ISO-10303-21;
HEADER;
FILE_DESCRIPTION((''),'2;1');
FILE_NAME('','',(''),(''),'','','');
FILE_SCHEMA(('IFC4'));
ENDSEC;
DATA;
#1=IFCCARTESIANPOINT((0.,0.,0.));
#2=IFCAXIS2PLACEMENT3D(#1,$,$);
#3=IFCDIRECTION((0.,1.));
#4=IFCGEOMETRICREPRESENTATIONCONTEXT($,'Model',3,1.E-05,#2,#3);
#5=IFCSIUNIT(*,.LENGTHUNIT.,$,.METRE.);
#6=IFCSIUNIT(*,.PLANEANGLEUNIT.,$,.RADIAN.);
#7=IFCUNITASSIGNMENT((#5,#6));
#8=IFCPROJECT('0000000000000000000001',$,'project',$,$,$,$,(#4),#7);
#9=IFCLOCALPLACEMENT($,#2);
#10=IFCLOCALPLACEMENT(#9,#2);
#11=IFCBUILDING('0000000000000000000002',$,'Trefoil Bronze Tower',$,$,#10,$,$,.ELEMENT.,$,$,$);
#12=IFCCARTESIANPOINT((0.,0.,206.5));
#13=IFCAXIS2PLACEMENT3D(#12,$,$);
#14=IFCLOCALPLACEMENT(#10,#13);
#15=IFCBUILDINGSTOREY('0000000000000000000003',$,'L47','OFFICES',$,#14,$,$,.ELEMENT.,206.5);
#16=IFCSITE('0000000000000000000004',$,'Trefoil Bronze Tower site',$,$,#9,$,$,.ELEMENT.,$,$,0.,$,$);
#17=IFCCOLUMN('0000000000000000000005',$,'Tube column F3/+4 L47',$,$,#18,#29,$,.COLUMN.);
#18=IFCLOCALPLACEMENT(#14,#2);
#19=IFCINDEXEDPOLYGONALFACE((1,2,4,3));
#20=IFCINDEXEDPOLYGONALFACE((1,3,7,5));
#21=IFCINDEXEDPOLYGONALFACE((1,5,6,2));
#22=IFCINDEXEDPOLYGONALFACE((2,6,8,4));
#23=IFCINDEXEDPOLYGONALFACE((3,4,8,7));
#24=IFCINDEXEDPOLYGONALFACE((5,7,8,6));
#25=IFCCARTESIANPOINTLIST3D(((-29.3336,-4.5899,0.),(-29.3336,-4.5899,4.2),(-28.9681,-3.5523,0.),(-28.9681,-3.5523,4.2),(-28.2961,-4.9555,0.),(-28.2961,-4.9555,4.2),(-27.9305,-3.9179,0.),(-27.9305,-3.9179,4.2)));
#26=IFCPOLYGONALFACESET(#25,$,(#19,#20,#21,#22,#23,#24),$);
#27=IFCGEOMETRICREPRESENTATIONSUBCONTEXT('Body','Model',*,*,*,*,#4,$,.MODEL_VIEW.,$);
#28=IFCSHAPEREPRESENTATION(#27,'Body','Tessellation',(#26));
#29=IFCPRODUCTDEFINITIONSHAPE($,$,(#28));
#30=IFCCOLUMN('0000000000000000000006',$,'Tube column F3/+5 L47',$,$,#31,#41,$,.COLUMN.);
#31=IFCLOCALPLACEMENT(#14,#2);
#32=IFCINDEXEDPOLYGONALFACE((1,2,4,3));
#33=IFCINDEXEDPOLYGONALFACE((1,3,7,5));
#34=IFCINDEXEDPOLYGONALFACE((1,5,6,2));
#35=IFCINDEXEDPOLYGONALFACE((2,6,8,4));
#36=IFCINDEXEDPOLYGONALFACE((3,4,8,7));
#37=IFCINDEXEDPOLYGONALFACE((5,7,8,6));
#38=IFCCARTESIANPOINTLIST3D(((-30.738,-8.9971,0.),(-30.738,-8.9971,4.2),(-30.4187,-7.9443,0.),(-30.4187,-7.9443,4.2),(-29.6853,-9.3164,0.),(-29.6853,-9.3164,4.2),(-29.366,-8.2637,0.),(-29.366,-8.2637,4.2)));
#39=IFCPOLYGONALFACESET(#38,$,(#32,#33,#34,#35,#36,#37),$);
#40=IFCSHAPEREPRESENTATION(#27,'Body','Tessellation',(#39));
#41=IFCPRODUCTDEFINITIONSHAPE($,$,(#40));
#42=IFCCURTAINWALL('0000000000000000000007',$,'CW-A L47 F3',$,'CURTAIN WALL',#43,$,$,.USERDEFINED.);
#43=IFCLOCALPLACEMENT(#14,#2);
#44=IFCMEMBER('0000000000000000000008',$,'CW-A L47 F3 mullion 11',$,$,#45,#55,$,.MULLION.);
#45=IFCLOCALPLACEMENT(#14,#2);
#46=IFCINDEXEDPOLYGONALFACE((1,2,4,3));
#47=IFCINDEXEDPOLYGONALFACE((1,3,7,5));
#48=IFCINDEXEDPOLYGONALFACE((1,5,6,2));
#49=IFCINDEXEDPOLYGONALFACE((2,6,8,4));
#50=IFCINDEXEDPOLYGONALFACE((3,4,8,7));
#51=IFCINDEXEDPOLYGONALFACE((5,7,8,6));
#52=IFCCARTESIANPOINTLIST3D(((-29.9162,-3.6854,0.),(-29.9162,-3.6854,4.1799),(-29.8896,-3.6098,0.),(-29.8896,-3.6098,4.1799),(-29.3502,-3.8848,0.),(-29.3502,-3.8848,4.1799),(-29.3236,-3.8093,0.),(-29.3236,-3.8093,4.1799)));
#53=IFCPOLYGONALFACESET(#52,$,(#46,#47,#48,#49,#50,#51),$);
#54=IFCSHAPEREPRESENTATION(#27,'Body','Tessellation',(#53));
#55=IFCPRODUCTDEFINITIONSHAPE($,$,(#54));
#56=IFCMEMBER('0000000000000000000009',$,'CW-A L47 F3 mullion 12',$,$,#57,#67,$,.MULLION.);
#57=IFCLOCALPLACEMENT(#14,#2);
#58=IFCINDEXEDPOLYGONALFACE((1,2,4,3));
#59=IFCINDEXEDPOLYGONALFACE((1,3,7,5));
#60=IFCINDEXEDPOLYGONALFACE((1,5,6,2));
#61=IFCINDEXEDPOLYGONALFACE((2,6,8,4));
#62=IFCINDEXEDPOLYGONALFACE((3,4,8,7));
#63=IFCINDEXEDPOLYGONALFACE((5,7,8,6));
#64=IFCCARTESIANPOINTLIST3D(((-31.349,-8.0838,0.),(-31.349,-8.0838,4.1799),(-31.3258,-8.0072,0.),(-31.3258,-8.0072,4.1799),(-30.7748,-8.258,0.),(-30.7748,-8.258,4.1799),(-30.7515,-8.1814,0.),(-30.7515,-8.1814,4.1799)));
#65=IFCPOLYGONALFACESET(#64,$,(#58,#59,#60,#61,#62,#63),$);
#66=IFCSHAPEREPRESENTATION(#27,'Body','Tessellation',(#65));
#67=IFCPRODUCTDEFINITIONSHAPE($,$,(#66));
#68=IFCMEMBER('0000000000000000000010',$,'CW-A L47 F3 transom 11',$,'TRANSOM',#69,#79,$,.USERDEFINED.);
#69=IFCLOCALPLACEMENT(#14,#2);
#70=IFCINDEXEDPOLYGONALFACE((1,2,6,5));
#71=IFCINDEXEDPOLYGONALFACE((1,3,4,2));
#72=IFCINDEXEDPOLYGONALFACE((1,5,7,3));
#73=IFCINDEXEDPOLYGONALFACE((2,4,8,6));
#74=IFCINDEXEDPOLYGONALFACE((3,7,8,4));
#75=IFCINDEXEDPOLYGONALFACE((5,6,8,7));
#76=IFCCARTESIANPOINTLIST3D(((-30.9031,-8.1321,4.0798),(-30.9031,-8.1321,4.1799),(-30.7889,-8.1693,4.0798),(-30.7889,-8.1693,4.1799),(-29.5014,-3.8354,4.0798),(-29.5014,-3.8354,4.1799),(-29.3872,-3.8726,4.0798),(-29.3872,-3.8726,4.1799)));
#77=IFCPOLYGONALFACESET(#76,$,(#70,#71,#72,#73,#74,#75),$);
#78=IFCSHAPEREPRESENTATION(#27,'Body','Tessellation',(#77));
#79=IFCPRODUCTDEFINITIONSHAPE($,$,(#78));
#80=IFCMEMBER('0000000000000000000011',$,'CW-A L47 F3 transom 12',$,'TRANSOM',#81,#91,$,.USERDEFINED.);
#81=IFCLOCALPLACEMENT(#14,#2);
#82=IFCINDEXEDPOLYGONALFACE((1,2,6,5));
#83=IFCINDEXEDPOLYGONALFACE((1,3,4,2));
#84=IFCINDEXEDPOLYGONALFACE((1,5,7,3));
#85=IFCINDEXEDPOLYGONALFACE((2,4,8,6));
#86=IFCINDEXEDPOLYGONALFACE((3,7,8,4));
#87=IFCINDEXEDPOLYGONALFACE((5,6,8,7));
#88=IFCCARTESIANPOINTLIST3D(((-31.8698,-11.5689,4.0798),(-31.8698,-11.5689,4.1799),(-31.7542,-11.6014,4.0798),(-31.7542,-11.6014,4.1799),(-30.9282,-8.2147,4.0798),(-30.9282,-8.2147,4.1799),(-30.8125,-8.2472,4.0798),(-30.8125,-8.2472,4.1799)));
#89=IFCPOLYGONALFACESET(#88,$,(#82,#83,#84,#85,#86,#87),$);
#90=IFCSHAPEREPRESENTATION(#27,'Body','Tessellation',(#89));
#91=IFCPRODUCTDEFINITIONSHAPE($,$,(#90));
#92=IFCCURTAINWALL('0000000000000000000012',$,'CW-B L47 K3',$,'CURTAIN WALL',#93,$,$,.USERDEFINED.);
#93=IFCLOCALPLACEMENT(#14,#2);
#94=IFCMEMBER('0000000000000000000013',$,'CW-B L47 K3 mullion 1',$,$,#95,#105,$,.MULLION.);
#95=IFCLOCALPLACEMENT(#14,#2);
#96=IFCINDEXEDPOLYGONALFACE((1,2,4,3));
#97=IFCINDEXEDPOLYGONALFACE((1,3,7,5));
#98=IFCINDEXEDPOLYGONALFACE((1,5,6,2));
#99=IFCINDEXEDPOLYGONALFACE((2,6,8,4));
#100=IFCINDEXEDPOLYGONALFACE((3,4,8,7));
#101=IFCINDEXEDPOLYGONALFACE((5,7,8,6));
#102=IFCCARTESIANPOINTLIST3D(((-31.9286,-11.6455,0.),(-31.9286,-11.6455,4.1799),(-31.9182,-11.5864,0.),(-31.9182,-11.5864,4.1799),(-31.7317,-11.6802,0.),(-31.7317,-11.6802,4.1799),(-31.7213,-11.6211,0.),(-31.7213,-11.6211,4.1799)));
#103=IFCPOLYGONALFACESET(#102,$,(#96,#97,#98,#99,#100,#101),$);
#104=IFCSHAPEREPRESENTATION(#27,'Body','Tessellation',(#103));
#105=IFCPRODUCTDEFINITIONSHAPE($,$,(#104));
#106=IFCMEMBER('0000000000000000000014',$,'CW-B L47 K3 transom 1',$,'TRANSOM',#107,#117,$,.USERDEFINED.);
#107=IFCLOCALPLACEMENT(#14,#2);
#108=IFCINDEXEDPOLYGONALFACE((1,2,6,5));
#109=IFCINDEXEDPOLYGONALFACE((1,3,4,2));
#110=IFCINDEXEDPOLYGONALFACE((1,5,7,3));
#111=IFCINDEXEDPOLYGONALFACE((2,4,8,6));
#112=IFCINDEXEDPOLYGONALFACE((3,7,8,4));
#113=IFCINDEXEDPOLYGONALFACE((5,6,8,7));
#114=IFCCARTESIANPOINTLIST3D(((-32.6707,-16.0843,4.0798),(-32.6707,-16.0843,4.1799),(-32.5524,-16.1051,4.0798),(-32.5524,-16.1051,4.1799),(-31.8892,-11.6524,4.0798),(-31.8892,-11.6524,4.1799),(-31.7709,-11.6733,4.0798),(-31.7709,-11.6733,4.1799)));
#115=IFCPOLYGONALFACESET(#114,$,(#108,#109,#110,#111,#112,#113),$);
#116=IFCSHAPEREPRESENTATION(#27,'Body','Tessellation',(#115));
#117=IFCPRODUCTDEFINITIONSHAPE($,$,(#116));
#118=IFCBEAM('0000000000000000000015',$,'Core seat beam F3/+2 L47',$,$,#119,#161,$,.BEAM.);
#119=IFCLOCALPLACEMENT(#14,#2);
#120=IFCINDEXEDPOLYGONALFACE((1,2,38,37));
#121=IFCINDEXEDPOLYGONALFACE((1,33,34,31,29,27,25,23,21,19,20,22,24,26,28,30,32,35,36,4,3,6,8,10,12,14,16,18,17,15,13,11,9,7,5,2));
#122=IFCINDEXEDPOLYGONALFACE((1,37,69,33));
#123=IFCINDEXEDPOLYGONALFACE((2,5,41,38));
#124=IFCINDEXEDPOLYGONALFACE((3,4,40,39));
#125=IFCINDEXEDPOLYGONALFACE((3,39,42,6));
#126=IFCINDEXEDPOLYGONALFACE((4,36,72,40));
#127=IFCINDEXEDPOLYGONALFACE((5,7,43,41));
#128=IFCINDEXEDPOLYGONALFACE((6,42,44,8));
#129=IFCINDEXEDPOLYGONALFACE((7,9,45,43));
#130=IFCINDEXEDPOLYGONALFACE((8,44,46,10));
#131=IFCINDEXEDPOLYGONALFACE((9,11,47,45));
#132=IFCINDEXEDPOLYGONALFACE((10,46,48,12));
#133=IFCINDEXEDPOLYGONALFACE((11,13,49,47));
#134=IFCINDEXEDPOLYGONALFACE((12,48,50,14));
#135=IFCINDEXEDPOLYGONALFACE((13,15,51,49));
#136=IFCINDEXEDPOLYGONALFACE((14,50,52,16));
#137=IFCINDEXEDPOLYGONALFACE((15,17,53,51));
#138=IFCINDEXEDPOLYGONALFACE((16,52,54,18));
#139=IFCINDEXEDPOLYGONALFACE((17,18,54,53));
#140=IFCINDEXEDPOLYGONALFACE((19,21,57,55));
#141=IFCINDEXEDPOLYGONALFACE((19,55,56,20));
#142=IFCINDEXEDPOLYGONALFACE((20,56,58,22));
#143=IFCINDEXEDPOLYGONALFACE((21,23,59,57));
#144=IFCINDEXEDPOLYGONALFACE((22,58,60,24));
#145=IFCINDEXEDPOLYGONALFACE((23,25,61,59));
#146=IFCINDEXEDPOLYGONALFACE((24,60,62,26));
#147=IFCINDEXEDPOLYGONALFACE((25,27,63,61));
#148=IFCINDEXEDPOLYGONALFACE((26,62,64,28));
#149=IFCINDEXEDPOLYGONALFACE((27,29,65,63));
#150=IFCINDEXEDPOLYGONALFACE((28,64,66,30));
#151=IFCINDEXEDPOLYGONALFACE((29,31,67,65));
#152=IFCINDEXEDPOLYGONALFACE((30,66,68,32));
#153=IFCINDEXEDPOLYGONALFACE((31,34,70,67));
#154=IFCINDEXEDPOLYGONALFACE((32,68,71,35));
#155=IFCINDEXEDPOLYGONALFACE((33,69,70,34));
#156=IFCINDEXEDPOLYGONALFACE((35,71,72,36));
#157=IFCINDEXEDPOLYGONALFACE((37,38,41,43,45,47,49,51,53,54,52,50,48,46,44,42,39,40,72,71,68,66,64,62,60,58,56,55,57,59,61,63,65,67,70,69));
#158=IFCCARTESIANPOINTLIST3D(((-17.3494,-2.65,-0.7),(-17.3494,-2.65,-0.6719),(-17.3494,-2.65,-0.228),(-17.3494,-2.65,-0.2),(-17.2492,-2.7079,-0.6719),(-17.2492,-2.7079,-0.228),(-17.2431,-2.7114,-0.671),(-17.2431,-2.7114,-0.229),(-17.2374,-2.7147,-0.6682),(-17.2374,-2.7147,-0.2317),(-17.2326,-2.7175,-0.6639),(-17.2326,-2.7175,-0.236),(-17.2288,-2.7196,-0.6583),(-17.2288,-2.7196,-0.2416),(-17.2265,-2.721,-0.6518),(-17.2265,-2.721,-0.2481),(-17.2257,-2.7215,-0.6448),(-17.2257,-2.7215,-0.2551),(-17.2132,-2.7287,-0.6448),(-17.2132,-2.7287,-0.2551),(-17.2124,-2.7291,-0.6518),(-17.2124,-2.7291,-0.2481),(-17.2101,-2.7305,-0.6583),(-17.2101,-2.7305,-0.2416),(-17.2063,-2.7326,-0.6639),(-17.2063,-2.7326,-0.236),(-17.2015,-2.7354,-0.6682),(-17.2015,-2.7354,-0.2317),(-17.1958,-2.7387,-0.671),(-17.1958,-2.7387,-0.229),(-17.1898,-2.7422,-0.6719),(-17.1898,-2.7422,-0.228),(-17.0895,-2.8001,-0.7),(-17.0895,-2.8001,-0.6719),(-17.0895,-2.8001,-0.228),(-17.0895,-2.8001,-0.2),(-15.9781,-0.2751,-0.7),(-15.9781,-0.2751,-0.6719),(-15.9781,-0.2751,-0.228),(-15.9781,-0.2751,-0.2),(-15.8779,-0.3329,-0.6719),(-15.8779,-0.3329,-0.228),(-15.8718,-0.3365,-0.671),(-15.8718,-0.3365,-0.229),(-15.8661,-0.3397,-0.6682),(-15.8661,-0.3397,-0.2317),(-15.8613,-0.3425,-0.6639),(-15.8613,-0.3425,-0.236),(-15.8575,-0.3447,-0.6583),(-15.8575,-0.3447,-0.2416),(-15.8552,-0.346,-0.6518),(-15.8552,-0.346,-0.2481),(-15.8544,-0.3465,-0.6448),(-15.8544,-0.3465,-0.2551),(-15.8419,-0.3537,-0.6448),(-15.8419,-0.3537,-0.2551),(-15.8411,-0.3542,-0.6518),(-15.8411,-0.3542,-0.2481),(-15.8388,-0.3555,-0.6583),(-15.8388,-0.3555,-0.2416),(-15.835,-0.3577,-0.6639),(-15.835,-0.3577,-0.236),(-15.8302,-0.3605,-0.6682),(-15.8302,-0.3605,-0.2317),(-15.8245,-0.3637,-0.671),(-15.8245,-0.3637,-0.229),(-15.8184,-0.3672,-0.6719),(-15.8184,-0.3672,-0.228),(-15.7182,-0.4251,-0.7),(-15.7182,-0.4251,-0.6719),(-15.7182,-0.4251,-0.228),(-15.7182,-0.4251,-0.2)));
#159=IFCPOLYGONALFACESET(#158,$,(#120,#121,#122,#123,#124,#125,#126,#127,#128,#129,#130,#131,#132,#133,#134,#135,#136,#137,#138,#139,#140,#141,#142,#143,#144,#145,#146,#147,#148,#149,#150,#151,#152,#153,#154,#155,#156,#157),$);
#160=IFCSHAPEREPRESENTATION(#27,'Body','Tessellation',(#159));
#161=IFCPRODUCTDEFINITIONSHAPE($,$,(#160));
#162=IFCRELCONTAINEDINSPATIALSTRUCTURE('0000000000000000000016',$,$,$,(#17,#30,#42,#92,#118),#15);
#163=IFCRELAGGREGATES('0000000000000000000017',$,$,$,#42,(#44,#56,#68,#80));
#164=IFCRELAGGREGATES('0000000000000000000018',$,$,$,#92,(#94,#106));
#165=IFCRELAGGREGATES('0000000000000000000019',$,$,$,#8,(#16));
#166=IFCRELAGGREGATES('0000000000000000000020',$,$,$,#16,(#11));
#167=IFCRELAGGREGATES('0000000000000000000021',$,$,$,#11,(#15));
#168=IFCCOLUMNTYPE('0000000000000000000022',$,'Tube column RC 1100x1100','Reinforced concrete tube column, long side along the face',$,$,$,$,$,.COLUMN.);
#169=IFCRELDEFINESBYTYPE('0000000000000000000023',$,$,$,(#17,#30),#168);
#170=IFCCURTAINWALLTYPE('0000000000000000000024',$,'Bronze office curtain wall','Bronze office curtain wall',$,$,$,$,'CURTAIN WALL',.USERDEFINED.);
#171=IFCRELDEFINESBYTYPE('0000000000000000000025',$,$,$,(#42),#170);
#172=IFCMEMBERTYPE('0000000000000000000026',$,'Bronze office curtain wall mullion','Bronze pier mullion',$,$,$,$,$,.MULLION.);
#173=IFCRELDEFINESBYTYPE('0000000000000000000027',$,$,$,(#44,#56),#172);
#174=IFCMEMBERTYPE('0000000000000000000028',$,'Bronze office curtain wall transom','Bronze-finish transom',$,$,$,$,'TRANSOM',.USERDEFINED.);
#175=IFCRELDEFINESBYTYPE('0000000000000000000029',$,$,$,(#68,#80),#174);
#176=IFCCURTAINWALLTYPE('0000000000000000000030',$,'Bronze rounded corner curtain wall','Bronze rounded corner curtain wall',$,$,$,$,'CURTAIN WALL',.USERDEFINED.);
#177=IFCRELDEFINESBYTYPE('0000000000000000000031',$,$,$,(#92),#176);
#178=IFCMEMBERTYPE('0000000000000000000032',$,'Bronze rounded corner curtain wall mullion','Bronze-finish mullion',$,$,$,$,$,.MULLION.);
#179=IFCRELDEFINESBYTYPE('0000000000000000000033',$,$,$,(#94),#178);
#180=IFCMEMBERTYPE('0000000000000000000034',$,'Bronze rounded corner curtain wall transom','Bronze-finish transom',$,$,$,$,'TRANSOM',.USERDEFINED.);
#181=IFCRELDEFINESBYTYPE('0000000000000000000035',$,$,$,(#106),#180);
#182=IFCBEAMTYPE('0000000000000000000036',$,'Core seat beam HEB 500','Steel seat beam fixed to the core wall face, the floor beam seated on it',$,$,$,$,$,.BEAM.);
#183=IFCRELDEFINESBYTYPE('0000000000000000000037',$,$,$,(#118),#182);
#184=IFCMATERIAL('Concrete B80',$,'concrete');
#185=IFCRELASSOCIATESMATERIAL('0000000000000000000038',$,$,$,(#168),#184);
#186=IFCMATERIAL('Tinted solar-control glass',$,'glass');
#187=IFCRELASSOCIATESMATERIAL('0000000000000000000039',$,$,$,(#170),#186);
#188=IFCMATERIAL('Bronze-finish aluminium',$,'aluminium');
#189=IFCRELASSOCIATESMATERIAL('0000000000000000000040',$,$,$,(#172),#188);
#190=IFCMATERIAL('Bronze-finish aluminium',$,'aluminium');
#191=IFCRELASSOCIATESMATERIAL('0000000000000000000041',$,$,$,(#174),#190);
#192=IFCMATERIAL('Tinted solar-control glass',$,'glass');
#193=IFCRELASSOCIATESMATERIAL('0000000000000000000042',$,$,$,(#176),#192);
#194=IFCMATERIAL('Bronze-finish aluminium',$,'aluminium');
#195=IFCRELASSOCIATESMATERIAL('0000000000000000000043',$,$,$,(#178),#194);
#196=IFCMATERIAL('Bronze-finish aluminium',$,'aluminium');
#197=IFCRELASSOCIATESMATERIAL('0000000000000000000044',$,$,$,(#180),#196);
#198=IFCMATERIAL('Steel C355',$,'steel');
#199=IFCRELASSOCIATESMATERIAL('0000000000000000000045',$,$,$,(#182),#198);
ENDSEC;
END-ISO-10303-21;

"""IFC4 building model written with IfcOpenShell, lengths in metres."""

from ifc_helpers import new_model, si_unit, direction, frame, origin, origin_2d, place, context, subcontext, project, spatial, rectangle, i_section, extrude, material, material_profile, profile_set, type_object, element, aggregate, save


model = new_model("IFC4")

# Units and contexts
model_context = context("Model", 3, precision=1e-05, world=origin(), true_north=direction((0.0, 1.0)))
body_context = subcontext(model_context, "Body", "Model", "MODEL_VIEW")
ifc_project = project(units=[si_unit("LENGTHUNIT", "METRE"), si_unit("PLANEANGLEUNIT", "RADIAN")], contexts=[model_context])

# Site, building, storey
site_placement = place(None, origin())
site = spatial("IfcSite", under=ifc_project, at=site_placement, Name="Trefoil Bronze Tower site", CompositionType="ELEMENT", RefElevation=0.0)
building_placement = place(site_placement, origin())
building = spatial("IfcBuilding", under=site, at=building_placement, Name="Trefoil Bronze Tower", CompositionType="ELEMENT")
storey_placement = place(building_placement, frame((0.0, 0.0, 206.5)))
storey = spatial("IfcBuildingStorey", under=building, at=storey_placement, Name="L47", Description="OFFICES", CompositionType="ELEMENT", Elevation=206.5)

# Columns
ifc_material_1 = material(Name="Concrete B80", Category="concrete")
ifc_material_profile_1 = material_profile(ifc_material_1, rectangle(XDim=1.1001, YDim=1.1001, at=origin_2d()), Name="RC 1100x1100")
ifc_profile_set_1 = profile_set([ifc_material_profile_1], Name="Concrete B80")
column_type = type_object("IfcColumnType", Name="Tube column RC 1100x1100", Description="Reinforced concrete tube column, long side along the face", PredefinedType="COLUMN", material=ifc_profile_set_1)
for number, where, z_axis, x_axis, name in (
    (1, (-28.6321, -4.2539, 0.0), (0.0, 0.0, 1.0), (-0.332282, -0.94318, 0.0), "Tube column F3/+4 L47"),
    (2, (-30.052, -8.6304, 0.0), (0.0, 0.0, 1.0), (-0.290278, -0.956942, 0.0), "Tube column F3/+5 L47"),
):
    element("IfcColumn", number, at=place(storey_placement, frame(where, z_axis=z_axis, x_axis=x_axis)), inside=storey, type_object=column_type, Name=name, PredefinedType="COLUMN", context=body_context, shape_type="SweptSolid", body=[
        extrude(rectangle(XDim=1.1001, YDim=1.1001, at=origin_2d()), origin(), (0.0, 0.0, 1.0), 4.2),
    ])

# Curtain walls, members
ifc_material_2 = material(Name="Tinted solar-control glass", Category="glass")
curtain_wall_type_1 = type_object("IfcCurtainWallType", Name="Bronze office curtain wall", Description="Bronze office curtain wall", ElementType="CURTAIN WALL", PredefinedType="USERDEFINED", material=ifc_material_2)
curtain_wall_1_placement = place(storey_placement, origin())
curtain_wall_1 = element("IfcCurtainWall", 3, at=curtain_wall_1_placement, inside=storey, type_object=curtain_wall_type_1, Name="CW-A L47 F3", ObjectType="CURTAIN WALL", PredefinedType="USERDEFINED")
ifc_material_3 = material(Name="Bronze-finish aluminium", Category="aluminium")
ifc_material_profile_2 = material_profile(ifc_material_3, rectangle(XDim=0.6001, YDim=0.0801, at=origin_2d()), Name="CW-A mullion")
ifc_profile_set_2 = profile_set([ifc_material_profile_2], Name="Bronze-finish aluminium")
member_type_1 = type_object("IfcMemberType", Name="Bronze office curtain wall mullion", Description="Bronze pier mullion", PredefinedType="MULLION", material=ifc_profile_set_2)
member_1_placement = place(storey_placement, frame((-29.6199, -3.7473, 0.0), z_axis=(0.0, 0.0, 1.0), x_axis=(0.94318, -0.332282, 0.0)))
member_1 = element("IfcMember", 4, at=member_1_placement, type_object=member_type_1, Name="CW-A L47 F3 mullion 11", PredefinedType="MULLION", context=body_context, shape_type="SweptSolid", body=[
    extrude(rectangle(XDim=0.6001, YDim=0.0801, at=origin_2d()), origin(), (0.0, 0.0, 1.0), 4.1799),
])
member_2_placement = place(storey_placement, frame((-31.0503, -8.1326, 0.0), z_axis=(0.0, 0.0, 1.0), x_axis=(0.956942, -0.290278, 0.0)))
member_2 = element("IfcMember", 5, at=member_2_placement, type_object=member_type_1, Name="CW-A L47 F3 mullion 12", PredefinedType="MULLION", context=body_context, shape_type="SweptSolid", body=[
    extrude(rectangle(XDim=0.6001, YDim=0.0801, at=origin_2d()), origin(), (0.0, 0.0, 1.0), 4.1799),
])
ifc_material_4 = material(Name="Bronze-finish aluminium", Category="aluminium")
ifc_material_profile_3 = material_profile(ifc_material_4, rectangle(XDim=0.1201, YDim=0.1001, at=origin_2d()), Name="CW-A transom")
ifc_profile_set_3 = profile_set([ifc_material_profile_3], Name="Bronze-finish aluminium")
member_type_2 = type_object("IfcMemberType", Name="Bronze office curtain wall transom", Description="Bronze-finish transom", ElementType="TRANSOM", PredefinedType="USERDEFINED", material=ifc_profile_set_3)
member_3_placement = place(storey_placement, frame((-29.4443, -3.854, 4.1299), z_axis=(-0.310128, -0.950695, 0.0), x_axis=(0.950695, -0.310128, 0.0)))
member_3 = element("IfcMember", 6, at=member_3_placement, type_object=member_type_2, Name="CW-A L47 F3 transom 11", ObjectType="TRANSOM", PredefinedType="USERDEFINED", context=body_context, shape_type="SweptSolid", body=[
    extrude(rectangle(XDim=0.1201, YDim=0.1001, at=origin_2d()), origin(), (0.0, 0.0, 1.0), 4.5195),
])
member_4_placement = place(storey_placement, frame((-30.8704, -8.231, 4.1299), z_axis=(-0.270285, -0.96278, 0.0), x_axis=(0.96278, -0.270285, 0.0)))
member_4 = element("IfcMember", 7, at=member_4_placement, type_object=member_type_2, Name="CW-A L47 F3 transom 12", ObjectType="TRANSOM", PredefinedType="USERDEFINED", context=body_context, shape_type="SweptSolid", body=[
    extrude(rectangle(XDim=0.1201, YDim=0.1001, at=origin_2d()), origin(), (0.0, 0.0, 1.0), 3.4839),
])
ifc_material_5 = material(Name="Tinted solar-control glass", Category="glass")
curtain_wall_type_2 = type_object("IfcCurtainWallType", Name="Bronze rounded corner curtain wall", Description="Bronze rounded corner curtain wall", ElementType="CURTAIN WALL", PredefinedType="USERDEFINED", material=ifc_material_5)
curtain_wall_2_placement = place(storey_placement, origin())
curtain_wall_2 = element("IfcCurtainWall", 8, at=curtain_wall_2_placement, inside=storey, type_object=curtain_wall_type_2, Name="CW-B L47 K3", ObjectType="CURTAIN WALL", PredefinedType="USERDEFINED")
ifc_material_6 = material(Name="Bronze-finish aluminium", Category="aluminium")
ifc_material_profile_4 = material_profile(ifc_material_6, rectangle(XDim=0.2, YDim=0.0601, at=origin_2d()), Name="CW-B mullion")
ifc_profile_set_4 = profile_set([ifc_material_profile_4], Name="Bronze-finish aluminium")
member_type_3 = type_object("IfcMemberType", Name="Bronze rounded corner curtain wall mullion", Description="Bronze-finish mullion", PredefinedType="MULLION", material=ifc_profile_set_4)
member_5_placement = place(storey_placement, frame((-31.825, -11.6333, 0.0), z_axis=(0.0, 0.0, 1.0), x_axis=(0.984808, -0.173648, 0.0)))
member_5 = element("IfcMember", 9, at=member_5_placement, type_object=member_type_3, Name="CW-B L47 K3 mullion 1", PredefinedType="MULLION", context=body_context, shape_type="SweptSolid", body=[
    extrude(rectangle(XDim=0.2, YDim=0.0601, at=origin_2d()), origin(), (0.0, 0.0, 1.0), 4.1799),
])
ifc_material_7 = material(Name="Bronze-finish aluminium", Category="aluminium")
ifc_material_profile_5 = material_profile(ifc_material_7, rectangle(XDim=0.1201, YDim=0.1001, at=origin_2d()), Name="CW-B transom")
ifc_profile_set_5 = profile_set([ifc_material_profile_5], Name="Bronze-finish aluminium")
member_type_4 = type_object("IfcMemberType", Name="Bronze rounded corner curtain wall transom", Description="Bronze-finish transom", ElementType="TRANSOM", PredefinedType="USERDEFINED", material=ifc_profile_set_5)
member_6_placement = place(storey_placement, frame((-31.8301, -11.6628, 4.1299), z_axis=(-0.173655, -0.984806, 0.0), x_axis=(0.984806, -0.173655, 0.0)))
member_6 = element("IfcMember", 10, at=member_6_placement, type_object=member_type_4, Name="CW-B L47 K3 transom 1", ObjectType="TRANSOM", PredefinedType="USERDEFINED", context=body_context, shape_type="SweptSolid", body=[
    extrude(rectangle(XDim=0.1201, YDim=0.1001, at=origin_2d()), origin(), (0.0, 0.0, 1.0), 4.5002),
])

# Beam
ifc_material_8 = material(Name="Steel C355", Category="steel")
ifc_material_profile_6 = material_profile(ifc_material_8, i_section(OverallWidth=0.3, OverallDepth=0.5, WebThickness=0.0144, FlangeThickness=0.0281, FilletRadius=0.0271, at=origin_2d()), Name="HEB 500")
ifc_profile_set_6 = profile_set([ifc_material_profile_6], Name="Steel C355")
beam_type_1 = type_object("IfcBeamType", Name="Core seat beam HEB 500", Description="Steel seat beam fixed to the core wall face, the floor beam seated on it", PredefinedType="BEAM", material=ifc_profile_set_6)
beam_1_placement = place(storey_placement, frame((-15.8481, -0.3501, -0.45), z_axis=(-0.500036, -0.866005, 0.0), x_axis=(0.866005, -0.500036, 0.0)))
element("IfcBeam", 11, at=beam_1_placement, inside=storey, type_object=beam_type_1, Name="Core seat beam F3/+2 L47", PredefinedType="BEAM", context=body_context, shape_type="SweptSolid", body=[
    extrude(i_section(OverallWidth=0.3, OverallDepth=0.5, WebThickness=0.0144, FlangeThickness=0.0281, FilletRadius=0.0271, at=origin_2d()), origin(), (0.0, 0.0, 1.0), 2.7424),
])

aggregate(curtain_wall_1, [member_1, member_2, member_3, member_4])
aggregate(curtain_wall_2, [member_5, member_6])

save(model, "model.ifc")
